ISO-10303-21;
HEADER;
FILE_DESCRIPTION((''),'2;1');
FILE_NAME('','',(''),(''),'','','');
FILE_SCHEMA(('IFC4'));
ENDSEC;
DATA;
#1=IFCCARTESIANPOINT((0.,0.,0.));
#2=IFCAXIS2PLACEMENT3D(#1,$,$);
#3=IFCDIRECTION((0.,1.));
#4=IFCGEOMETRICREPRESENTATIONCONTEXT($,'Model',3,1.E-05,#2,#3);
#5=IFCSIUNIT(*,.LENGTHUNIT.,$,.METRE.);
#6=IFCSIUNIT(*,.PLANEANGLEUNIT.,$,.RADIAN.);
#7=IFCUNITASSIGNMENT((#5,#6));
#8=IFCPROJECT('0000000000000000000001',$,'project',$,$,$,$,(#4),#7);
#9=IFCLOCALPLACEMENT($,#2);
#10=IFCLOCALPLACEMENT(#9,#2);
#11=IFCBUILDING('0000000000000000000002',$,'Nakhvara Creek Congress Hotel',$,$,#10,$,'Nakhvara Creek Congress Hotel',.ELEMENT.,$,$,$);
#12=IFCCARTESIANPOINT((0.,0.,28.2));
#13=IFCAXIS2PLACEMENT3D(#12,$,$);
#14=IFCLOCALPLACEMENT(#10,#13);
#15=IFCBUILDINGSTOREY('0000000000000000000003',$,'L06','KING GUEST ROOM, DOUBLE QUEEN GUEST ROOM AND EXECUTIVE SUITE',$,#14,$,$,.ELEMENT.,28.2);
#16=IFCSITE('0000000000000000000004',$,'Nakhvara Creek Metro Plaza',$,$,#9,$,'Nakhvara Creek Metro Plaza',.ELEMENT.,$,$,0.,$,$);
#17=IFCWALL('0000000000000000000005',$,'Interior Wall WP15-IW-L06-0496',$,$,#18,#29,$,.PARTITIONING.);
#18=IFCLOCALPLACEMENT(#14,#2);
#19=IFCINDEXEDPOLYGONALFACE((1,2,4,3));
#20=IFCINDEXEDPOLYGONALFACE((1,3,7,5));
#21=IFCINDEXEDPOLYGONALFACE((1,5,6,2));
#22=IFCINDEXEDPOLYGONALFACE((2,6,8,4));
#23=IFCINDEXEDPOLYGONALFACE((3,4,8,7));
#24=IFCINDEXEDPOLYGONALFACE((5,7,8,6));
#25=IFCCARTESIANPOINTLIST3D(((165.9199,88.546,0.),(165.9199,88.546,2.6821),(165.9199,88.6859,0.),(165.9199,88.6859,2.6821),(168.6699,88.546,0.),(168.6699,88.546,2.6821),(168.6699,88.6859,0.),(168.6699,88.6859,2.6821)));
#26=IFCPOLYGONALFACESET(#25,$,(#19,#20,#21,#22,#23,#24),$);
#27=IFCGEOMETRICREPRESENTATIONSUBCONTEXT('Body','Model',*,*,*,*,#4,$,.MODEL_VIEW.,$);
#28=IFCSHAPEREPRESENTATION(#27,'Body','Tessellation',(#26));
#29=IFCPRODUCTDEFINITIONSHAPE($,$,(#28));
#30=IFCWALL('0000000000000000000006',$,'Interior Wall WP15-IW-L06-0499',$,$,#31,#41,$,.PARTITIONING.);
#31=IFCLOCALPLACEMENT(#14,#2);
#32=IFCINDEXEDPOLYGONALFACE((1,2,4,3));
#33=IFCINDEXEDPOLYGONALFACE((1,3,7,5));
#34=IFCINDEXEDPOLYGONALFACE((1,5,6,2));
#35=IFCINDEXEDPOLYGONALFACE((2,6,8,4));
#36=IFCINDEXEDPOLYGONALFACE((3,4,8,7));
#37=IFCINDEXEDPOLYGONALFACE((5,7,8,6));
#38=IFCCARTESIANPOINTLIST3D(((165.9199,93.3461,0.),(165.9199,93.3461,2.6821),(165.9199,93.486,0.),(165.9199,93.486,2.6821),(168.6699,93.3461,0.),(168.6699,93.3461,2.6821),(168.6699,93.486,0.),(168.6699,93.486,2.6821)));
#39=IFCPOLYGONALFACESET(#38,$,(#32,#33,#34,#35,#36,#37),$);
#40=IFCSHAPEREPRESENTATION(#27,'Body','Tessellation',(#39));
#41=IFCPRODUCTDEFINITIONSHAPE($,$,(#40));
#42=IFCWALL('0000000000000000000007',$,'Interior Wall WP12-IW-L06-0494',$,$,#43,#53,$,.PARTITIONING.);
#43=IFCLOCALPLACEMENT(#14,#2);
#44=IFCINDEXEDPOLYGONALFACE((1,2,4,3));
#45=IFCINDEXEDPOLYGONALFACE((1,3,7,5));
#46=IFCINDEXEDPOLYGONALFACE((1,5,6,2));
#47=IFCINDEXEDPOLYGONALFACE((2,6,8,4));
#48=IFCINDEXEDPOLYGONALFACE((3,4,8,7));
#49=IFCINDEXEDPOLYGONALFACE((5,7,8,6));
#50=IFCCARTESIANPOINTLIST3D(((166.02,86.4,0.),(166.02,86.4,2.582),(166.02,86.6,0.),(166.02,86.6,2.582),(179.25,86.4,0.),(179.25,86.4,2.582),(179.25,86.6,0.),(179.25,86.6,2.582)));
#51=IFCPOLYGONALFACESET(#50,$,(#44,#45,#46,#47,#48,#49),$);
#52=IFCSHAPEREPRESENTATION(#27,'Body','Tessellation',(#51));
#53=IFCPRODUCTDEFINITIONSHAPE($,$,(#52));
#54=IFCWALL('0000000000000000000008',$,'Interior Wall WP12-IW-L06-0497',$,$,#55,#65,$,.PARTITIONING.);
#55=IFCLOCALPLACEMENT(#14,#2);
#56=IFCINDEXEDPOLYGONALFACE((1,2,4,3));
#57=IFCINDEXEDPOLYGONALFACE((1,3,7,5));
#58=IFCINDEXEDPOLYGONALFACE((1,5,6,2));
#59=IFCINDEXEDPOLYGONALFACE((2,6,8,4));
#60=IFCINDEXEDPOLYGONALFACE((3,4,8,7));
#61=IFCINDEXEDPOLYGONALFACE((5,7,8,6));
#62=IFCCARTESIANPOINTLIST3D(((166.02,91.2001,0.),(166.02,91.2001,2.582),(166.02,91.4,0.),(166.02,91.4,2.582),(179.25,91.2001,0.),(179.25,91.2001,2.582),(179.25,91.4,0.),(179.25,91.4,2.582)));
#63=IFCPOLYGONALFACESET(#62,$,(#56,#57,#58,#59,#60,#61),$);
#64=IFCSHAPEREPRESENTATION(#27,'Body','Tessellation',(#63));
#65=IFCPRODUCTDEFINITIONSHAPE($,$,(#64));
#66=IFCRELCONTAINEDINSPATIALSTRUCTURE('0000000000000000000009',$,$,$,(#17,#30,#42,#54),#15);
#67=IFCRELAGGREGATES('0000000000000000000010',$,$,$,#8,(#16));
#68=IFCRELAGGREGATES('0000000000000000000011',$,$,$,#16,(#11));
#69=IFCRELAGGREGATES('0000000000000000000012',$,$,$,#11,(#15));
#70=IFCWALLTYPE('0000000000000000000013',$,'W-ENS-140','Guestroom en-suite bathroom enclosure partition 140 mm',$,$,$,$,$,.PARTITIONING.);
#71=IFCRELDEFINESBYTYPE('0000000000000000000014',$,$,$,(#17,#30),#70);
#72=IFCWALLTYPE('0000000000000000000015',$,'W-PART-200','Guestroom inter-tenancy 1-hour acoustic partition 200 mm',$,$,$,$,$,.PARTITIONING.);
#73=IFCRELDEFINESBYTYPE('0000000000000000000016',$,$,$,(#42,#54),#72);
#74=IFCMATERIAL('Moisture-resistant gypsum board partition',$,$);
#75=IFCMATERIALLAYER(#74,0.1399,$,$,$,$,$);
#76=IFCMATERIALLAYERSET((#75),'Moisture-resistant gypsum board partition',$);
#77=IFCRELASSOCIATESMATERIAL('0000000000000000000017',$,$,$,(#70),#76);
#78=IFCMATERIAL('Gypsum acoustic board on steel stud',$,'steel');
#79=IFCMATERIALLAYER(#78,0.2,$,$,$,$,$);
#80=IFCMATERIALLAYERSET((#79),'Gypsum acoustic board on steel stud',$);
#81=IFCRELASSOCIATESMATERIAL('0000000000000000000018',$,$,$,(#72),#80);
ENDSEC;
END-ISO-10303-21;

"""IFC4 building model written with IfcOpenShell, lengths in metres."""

from ifc_helpers import new_model, si_unit, direction, frame, frame_2d, origin, place, context, subcontext, project, spatial, rectangle, extrude, material, layer, layer_set, type_object, element, save


model = new_model("IFC4")

# Units and contexts
model_context = context("Model", 3, precision=1e-05, world=origin(), true_north=direction((0.0, 1.0)))
body_context = subcontext(model_context, "Body", "Model", "MODEL_VIEW")
ifc_project = project(units=[si_unit("LENGTHUNIT", "METRE"), si_unit("PLANEANGLEUNIT", "RADIAN")], contexts=[model_context])

# Site, building, storey
site_placement = place(None, origin())
site = spatial("IfcSite", under=ifc_project, at=site_placement, Name="Nakhvara Creek Metro Plaza", LongName="Nakhvara Creek Metro Plaza", CompositionType="ELEMENT", RefElevation=0.0)
building_placement = place(site_placement, origin())
building = spatial("IfcBuilding", under=site, at=building_placement, Name="Nakhvara Creek Congress Hotel", LongName="Nakhvara Creek Congress Hotel", CompositionType="ELEMENT")
storey_placement = place(building_placement, frame((0.0, 0.0, 28.2)))
storey = spatial("IfcBuildingStorey", under=building, at=storey_placement, Name="L06", Description="KING GUEST ROOM, DOUBLE QUEEN GUEST ROOM AND EXECUTIVE SUITE", CompositionType="ELEMENT", Elevation=28.2)

# Shared definitions
ifc_material_1 = material(Name="Moisture-resistant gypsum board partition")
ifc_layer_1 = layer(ifc_material_1, 0.1399)
ifc_layer_set_1 = layer_set([ifc_layer_1], Name="Moisture-resistant gypsum board partition")
wall_type_1 = type_object("IfcWallType", Name="W-ENS-140", Description="Guestroom en-suite bathroom enclosure partition 140 mm", PredefinedType="PARTITIONING", material=ifc_layer_set_1)

# Wall
wall_1_placement = place(storey_placement, frame((165.9199, 88.616, 0.0), z_axis=(0.0, 0.0, 1.0), x_axis=(1.0, 0.0, 0.0)))
element("IfcWall", 1, at=wall_1_placement, inside=storey, type_object=wall_type_1, Name="Interior Wall WP15-IW-L06-0496", PredefinedType="PARTITIONING", context=body_context, shape_type="SweptSolid", body=[
    extrude(rectangle(XDim=2.75, YDim=0.1399, at=frame_2d((1.375, 0.0))), origin(), (0.0, 0.0, 1.0), 2.6821),
])

# Walls
wall_2_placement = place(storey_placement, frame((165.9199, 93.416, 0.0), z_axis=(0.0, 0.0, 1.0), x_axis=(1.0, 0.0, 0.0)))
element("IfcWall", 2, at=wall_2_placement, inside=storey, type_object=wall_type_1, Name="Interior Wall WP15-IW-L06-0499", PredefinedType="PARTITIONING", context=body_context, shape_type="SweptSolid", body=[
    extrude(rectangle(XDim=2.75, YDim=0.1399, at=frame_2d((1.375, 0.0))), origin(), (0.0, 0.0, 1.0), 2.6821),
])
ifc_material_2 = material(Name="Gypsum acoustic board on steel stud", Category="steel")
ifc_layer_2 = layer(ifc_material_2, 0.2)
ifc_layer_set_2 = layer_set([ifc_layer_2], Name="Gypsum acoustic board on steel stud")
wall_type_2 = type_object("IfcWallType", Name="W-PART-200", Description="Guestroom inter-tenancy 1-hour acoustic partition 200 mm", PredefinedType="PARTITIONING", material=ifc_layer_set_2)
for number, where, z_axis, x_axis, name in (
    (3, (166.02, 86.5, 0.0), (0.0, 0.0, 1.0), (1.0, 0.0, 0.0), "Interior Wall WP12-IW-L06-0494"),
    (4, (166.02, 91.3, 0.0), (0.0, 0.0, 1.0), (1.0, 0.0, 0.0), "Interior Wall WP12-IW-L06-0497"),
):
    element("IfcWall", number, at=place(storey_placement, frame(where, z_axis=z_axis, x_axis=x_axis)), inside=storey, type_object=wall_type_2, Name=name, PredefinedType="PARTITIONING", context=body_context, shape_type="SweptSolid", body=[
        extrude(rectangle(XDim=13.23, YDim=0.2, at=frame_2d((6.615, 0.0))), origin(), (0.0, 0.0, 1.0), 2.582),
    ])

save(model, "model.ifc")
